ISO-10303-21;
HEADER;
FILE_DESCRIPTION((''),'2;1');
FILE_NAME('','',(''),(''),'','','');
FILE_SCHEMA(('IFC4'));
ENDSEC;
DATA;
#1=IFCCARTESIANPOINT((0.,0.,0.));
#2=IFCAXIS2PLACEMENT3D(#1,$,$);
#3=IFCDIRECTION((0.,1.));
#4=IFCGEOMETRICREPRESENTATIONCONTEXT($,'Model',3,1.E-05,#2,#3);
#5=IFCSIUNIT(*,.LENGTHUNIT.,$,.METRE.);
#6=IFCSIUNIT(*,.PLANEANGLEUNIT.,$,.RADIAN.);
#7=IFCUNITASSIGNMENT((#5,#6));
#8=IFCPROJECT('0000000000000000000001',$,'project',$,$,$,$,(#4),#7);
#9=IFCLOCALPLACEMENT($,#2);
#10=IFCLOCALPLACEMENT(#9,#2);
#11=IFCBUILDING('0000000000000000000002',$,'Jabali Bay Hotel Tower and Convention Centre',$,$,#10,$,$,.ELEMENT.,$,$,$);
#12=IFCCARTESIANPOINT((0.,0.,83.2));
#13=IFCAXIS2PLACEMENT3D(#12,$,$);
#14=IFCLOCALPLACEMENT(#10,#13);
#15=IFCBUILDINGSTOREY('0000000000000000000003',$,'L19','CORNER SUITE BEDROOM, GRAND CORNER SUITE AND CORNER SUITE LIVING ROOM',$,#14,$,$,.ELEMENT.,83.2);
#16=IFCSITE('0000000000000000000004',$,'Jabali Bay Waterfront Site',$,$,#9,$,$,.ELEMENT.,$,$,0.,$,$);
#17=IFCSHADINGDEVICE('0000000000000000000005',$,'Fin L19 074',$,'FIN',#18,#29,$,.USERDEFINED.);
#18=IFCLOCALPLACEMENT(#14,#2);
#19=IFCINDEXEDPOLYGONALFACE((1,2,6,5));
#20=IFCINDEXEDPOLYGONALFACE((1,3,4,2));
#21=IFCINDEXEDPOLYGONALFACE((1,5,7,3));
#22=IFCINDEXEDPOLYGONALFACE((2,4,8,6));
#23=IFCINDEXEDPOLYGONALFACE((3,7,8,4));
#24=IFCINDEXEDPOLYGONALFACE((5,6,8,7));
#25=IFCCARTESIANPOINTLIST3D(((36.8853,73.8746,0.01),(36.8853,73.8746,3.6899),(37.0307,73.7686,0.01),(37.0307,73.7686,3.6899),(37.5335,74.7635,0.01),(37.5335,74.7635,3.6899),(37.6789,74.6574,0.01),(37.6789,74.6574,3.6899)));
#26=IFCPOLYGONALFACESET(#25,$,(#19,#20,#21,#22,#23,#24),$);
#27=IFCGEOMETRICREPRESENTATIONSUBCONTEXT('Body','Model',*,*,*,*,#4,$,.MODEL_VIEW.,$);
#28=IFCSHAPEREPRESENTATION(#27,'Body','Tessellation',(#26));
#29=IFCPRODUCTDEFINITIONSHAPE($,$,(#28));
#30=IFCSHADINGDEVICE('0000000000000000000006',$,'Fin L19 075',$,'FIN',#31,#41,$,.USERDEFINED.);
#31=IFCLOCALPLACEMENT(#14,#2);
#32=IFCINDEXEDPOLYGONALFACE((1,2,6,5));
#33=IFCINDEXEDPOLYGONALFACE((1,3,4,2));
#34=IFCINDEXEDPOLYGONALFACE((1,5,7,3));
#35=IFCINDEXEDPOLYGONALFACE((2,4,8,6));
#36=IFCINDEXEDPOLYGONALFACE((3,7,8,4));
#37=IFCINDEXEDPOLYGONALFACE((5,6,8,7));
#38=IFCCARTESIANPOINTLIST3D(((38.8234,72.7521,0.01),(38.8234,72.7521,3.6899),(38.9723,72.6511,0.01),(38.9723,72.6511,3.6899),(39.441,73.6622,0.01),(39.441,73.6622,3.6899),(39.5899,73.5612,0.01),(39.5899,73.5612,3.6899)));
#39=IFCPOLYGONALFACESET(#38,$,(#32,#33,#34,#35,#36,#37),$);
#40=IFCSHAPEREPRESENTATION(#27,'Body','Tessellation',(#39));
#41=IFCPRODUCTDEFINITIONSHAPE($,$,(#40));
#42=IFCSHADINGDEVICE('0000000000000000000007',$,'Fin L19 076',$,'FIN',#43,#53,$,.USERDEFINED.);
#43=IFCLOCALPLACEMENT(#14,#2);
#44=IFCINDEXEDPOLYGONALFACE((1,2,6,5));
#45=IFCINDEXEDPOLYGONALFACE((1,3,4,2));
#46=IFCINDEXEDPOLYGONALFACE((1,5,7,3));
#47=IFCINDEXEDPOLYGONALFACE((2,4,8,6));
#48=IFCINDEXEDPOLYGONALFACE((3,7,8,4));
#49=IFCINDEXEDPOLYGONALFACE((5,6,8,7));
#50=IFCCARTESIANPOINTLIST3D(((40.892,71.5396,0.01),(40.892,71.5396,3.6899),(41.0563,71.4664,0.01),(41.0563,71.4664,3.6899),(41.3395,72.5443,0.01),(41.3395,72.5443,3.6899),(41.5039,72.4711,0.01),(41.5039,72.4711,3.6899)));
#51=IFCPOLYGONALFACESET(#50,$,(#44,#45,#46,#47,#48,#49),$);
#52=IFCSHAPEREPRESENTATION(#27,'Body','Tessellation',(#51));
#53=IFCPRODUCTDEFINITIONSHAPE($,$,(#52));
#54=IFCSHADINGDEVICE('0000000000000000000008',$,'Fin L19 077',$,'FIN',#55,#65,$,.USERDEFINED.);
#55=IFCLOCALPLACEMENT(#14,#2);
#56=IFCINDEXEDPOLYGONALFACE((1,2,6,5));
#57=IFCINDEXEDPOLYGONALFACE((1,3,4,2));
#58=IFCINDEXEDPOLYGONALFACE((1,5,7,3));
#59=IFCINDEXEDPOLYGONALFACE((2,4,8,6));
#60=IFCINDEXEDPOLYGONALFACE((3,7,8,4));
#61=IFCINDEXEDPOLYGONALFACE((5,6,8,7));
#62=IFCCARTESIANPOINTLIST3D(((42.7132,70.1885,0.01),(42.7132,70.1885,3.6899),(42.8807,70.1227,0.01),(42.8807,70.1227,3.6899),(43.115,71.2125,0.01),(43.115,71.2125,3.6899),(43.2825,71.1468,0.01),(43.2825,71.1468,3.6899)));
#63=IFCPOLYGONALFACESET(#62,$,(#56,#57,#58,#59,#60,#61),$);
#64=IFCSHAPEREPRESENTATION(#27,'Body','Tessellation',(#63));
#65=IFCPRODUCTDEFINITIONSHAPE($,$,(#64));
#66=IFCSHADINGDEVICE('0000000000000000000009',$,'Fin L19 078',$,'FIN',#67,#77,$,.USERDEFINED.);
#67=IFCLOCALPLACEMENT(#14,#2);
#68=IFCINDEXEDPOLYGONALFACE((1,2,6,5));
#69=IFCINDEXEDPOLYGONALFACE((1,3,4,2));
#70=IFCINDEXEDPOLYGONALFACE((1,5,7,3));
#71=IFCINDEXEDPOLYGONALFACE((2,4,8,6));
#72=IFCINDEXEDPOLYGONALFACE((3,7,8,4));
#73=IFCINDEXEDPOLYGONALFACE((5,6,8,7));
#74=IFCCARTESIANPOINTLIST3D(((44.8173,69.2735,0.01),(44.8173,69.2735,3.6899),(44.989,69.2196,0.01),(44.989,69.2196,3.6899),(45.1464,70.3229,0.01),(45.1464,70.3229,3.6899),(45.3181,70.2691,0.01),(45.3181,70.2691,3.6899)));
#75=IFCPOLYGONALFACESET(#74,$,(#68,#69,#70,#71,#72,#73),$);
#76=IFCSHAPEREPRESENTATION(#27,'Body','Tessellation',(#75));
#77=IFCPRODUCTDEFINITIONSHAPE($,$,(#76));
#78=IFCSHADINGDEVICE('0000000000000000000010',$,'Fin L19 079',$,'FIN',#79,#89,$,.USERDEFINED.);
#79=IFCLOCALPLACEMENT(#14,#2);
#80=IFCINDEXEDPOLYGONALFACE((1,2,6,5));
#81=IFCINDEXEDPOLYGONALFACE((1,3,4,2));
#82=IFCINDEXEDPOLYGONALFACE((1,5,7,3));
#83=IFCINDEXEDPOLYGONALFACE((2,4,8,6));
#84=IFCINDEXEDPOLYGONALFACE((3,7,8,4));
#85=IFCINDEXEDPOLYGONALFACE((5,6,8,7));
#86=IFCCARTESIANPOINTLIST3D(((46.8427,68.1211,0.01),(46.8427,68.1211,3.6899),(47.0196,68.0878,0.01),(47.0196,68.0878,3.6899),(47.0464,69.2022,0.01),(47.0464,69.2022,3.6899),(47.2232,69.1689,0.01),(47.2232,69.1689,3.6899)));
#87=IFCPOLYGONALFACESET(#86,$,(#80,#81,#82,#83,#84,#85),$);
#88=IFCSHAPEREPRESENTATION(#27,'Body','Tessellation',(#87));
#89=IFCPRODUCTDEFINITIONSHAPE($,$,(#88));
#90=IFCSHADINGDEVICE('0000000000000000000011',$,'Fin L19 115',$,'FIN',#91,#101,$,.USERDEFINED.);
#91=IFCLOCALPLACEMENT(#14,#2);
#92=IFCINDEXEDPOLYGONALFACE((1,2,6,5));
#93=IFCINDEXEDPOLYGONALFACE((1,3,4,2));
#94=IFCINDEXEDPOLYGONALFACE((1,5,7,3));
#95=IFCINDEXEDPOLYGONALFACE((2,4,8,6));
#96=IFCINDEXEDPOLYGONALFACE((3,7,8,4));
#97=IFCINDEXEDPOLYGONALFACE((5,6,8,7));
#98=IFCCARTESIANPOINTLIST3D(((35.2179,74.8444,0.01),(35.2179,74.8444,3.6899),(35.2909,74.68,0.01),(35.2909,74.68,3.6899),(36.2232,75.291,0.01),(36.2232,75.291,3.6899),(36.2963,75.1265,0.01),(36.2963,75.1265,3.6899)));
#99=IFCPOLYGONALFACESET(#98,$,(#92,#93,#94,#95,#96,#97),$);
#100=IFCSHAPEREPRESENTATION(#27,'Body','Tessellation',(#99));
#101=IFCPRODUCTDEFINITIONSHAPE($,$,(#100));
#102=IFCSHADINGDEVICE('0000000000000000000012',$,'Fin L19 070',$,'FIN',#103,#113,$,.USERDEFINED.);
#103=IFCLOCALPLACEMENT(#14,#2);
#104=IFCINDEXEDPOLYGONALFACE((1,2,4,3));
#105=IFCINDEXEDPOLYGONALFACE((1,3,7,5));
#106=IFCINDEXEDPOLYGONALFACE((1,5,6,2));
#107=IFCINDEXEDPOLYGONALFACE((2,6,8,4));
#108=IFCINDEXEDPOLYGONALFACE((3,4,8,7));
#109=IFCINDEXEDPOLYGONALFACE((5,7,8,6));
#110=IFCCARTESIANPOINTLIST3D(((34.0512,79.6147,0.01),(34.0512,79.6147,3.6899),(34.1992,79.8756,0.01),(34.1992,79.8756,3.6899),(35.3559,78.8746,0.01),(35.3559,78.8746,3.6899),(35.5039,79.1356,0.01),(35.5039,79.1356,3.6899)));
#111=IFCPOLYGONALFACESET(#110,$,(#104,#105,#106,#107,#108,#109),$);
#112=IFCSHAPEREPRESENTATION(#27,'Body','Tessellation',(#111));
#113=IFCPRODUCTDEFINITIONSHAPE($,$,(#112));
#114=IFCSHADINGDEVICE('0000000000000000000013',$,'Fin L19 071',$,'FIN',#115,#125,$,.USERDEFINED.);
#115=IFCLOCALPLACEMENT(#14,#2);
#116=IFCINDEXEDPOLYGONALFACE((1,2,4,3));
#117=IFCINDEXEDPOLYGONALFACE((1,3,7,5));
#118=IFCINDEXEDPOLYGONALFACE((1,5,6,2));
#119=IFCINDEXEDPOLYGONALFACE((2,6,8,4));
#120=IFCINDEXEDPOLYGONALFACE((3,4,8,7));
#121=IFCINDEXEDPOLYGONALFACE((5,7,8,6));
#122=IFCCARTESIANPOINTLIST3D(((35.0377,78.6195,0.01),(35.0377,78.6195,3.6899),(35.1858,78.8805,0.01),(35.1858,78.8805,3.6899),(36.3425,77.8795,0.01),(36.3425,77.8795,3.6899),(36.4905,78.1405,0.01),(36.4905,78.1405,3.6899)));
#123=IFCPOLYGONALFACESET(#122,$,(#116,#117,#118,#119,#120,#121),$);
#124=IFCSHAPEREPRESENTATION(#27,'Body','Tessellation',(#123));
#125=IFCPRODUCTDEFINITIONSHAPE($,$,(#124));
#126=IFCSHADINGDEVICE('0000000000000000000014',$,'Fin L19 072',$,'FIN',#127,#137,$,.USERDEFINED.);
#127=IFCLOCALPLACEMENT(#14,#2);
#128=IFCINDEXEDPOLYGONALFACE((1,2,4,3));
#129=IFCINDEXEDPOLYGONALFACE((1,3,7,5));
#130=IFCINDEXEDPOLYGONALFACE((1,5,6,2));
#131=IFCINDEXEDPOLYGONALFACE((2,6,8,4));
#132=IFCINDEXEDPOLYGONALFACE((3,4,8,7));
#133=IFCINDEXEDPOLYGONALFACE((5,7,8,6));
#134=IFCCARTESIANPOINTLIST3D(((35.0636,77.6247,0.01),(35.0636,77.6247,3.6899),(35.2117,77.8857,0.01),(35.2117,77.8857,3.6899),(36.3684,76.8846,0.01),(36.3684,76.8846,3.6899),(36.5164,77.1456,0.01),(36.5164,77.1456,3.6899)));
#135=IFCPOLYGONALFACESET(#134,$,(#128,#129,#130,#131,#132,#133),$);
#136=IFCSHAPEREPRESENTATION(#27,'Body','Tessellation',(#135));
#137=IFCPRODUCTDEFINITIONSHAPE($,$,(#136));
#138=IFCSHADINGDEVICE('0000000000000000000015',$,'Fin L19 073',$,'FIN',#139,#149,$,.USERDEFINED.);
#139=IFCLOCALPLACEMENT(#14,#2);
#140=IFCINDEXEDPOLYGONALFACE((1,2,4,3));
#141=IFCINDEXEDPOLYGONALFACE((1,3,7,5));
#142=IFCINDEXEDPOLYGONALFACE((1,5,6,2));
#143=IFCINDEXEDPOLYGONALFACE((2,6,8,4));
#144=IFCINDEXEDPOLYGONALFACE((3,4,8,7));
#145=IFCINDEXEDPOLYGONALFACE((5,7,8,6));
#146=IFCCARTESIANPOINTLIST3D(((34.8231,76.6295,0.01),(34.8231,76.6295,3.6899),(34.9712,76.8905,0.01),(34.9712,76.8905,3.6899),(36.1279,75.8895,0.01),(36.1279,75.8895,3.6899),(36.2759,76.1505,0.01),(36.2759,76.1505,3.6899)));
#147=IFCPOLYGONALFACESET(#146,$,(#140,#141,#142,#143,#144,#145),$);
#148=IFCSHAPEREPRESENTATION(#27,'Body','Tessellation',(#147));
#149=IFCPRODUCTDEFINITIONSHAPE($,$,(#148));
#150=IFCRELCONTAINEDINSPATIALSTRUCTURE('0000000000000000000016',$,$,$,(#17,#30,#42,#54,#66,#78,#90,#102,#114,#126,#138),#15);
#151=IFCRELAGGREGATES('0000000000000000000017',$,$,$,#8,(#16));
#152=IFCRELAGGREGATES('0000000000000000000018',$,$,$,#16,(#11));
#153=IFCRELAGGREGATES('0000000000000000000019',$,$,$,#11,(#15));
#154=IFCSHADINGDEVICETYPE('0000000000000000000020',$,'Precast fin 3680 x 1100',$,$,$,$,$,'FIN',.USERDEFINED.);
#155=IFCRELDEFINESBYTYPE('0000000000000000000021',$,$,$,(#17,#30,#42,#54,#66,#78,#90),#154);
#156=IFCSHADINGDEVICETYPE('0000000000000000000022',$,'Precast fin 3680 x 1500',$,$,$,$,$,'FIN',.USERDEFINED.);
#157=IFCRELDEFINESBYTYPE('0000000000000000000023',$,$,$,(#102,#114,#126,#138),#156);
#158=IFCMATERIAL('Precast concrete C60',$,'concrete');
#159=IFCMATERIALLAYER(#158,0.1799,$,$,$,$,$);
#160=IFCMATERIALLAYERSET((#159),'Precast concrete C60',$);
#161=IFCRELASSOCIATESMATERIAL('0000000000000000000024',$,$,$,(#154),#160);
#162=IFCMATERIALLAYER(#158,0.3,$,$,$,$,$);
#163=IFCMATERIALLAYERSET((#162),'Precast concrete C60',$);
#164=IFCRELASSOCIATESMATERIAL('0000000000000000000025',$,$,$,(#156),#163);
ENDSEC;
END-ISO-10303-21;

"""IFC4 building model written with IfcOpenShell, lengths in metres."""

from ifc_helpers import new_model, si_unit, direction, frame, frame_2d, origin, place, context, subcontext, project, spatial, rectangle, extrude, material, layer, layer_set, type_object, element, save


model = new_model("IFC4")

# Units and contexts
model_context = context("Model", 3, precision=1e-05, world=origin(), true_north=direction((0.0, 1.0)))
body_context = subcontext(model_context, "Body", "Model", "MODEL_VIEW")
ifc_project = project(units=[si_unit("LENGTHUNIT", "METRE"), si_unit("PLANEANGLEUNIT", "RADIAN")], contexts=[model_context])

# Site, building, storey
site_placement = place(None, origin())
site = spatial("IfcSite", under=ifc_project, at=site_placement, Name="Jabali Bay Waterfront Site", CompositionType="ELEMENT", RefElevation=0.0)
building_placement = place(site_placement, origin())
building = spatial("IfcBuilding", under=site, at=building_placement, Name="Jabali Bay Hotel Tower and Convention Centre", CompositionType="ELEMENT")
storey_placement = place(building_placement, frame((0.0, 0.0, 83.2)))
storey = spatial("IfcBuildingStorey", under=building, at=storey_placement, Name="L19", Description="CORNER SUITE BEDROOM, GRAND CORNER SUITE AND CORNER SUITE LIVING ROOM", CompositionType="ELEMENT", Elevation=83.2)

# Shading devices
ifc_material_1 = material(Name="Precast concrete C60", Category="concrete")
ifc_layer_1 = layer(ifc_material_1, 0.1799)
ifc_layer_set_1 = layer_set([ifc_layer_1], Name="Precast concrete C60")
shading_device_type_1 = type_object("IfcShadingDeviceType", Name="Precast fin 3680 x 1100", ElementType="FIN", PredefinedType="USERDEFINED", material=ifc_layer_set_1)
shading_device_1_placement = place(storey_placement, frame((37.6062, 74.7104, 0.01), z_axis=(0.0, 0.0, 1.0), x_axis=(-0.589187, -0.807997, 0.0)))
element("IfcShadingDevice", 1, at=shading_device_1_placement, inside=storey, type_object=shading_device_type_1, Name="Fin L19 074", ObjectType="FIN", PredefinedType="USERDEFINED", context=body_context, shape_type="SweptSolid", body=[
    extrude(rectangle(XDim=1.1001, YDim=0.1799, at=frame_2d((0.55, 0.0))), origin(), (0.0, 0.0, 1.0), 3.6799),
])
for number, where, z_axis, x_axis, name in (
    (2, (39.5154, 73.6116, 0.01), (0.0, 0.0, 1.0), (-0.561545, -0.827446, 0.0), "Fin L19 075"),
    (3, (41.4216, 72.5076, 0.01), (0.0, 0.0, 1.0), (-0.4069, -0.913473, 0.0), "Fin L19 076"),
):
    element("IfcShadingDevice", number, at=place(storey_placement, frame(where, z_axis=z_axis, x_axis=x_axis)), inside=storey, type_object=shading_device_type_1, Name=name, ObjectType="FIN", PredefinedType="USERDEFINED", context=body_context, shape_type="SweptSolid", body=[
        extrude(rectangle(XDim=1.0999, YDim=0.1799, at=frame_2d((0.5498, 0.0))), origin(), (0.0, 0.0, 1.0), 3.6799),
    ])
shading_device_2_placement = place(storey_placement, frame((43.1987, 71.1797, 0.01), z_axis=(0.0, 0.0, 1.0), x_axis=(-0.365261, -0.930905, 0.0)))
element("IfcShadingDevice", 4, at=shading_device_2_placement, inside=storey, type_object=shading_device_type_1, Name="Fin L19 077", ObjectType="FIN", PredefinedType="USERDEFINED", context=body_context, shape_type="SweptSolid", body=[
    extrude(rectangle(XDim=1.1001, YDim=0.1799, at=frame_2d((0.55, 0.0))), origin(), (0.0, 0.0, 1.0), 3.6799),
])
shading_device_3_placement = place(storey_placement, frame((45.2322, 70.2959, 0.01), z_axis=(0.0, 0.0, 1.0), x_axis=(-0.299197, -0.954191, 0.0)))
element("IfcShadingDevice", 5, at=shading_device_3_placement, inside=storey, type_object=shading_device_type_1, Name="Fin L19 078", ObjectType="FIN", PredefinedType="USERDEFINED", context=body_context, shape_type="SweptSolid", body=[
    extrude(rectangle(XDim=1.0999, YDim=0.1799, at=frame_2d((0.5498, 0.0))), origin(), (0.0, 0.0, 1.0), 3.6799),
])
for number, where, z_axis, x_axis, name in (
    (6, (47.1348, 69.1855, 0.01), (0.0, 0.0, 1.0), (-0.185092, -0.982721, 0.0), "Fin L19 079"),
    (7, (36.2598, 75.2087, 0.01), (0.0, 0.0, 1.0), (-0.913912, -0.405912, 0.0), "Fin L19 115"),
):
    element("IfcShadingDevice", number, at=place(storey_placement, frame(where, z_axis=z_axis, x_axis=x_axis)), inside=storey, type_object=shading_device_type_1, Name=name, ObjectType="FIN", PredefinedType="USERDEFINED", context=body_context, shape_type="SweptSolid", body=[
        extrude(rectangle(XDim=1.1001, YDim=0.1799, at=frame_2d((0.55, 0.0))), origin(), (0.0, 0.0, 1.0), 3.6799),
    ])
ifc_layer_2 = layer(ifc_material_1, 0.3)
ifc_layer_set_2 = layer_set([ifc_layer_2], Name="Precast concrete C60")
shading_device_type_2 = type_object("IfcShadingDeviceType", Name="Precast fin 3680 x 1500", ElementType="FIN", PredefinedType="USERDEFINED", material=ifc_layer_set_2)
for number, where, z_axis, x_axis, name in (
    (8, (35.4299, 79.0051, 0.01), (0.0, 0.0, 1.0), (-0.869831, 0.493349, 0.0), "Fin L19 070"),
    (9, (36.4165, 78.01, 0.01), (0.0, 0.0, 1.0), (-0.869831, 0.493349, 0.0), "Fin L19 071"),
    (10, (36.4424, 77.0151, 0.01), (0.0, 0.0, 1.0), (-0.869831, 0.493349, 0.0), "Fin L19 072"),
    (11, (36.2019, 76.02, 0.01), (0.0, 0.0, 1.0), (-0.869831, 0.493349, 0.0), "Fin L19 073"),
):
    element("IfcShadingDevice", number, at=place(storey_placement, frame(where, z_axis=z_axis, x_axis=x_axis)), inside=storey, type_object=shading_device_type_2, Name=name, ObjectType="FIN", PredefinedType="USERDEFINED", context=body_context, shape_type="SweptSolid", body=[
        extrude(rectangle(XDim=1.5, YDim=0.3, at=frame_2d((0.75, 0.0))), origin(), (0.0, 0.0, 1.0), 3.6799),
    ])

save(model, "model.ifc")
